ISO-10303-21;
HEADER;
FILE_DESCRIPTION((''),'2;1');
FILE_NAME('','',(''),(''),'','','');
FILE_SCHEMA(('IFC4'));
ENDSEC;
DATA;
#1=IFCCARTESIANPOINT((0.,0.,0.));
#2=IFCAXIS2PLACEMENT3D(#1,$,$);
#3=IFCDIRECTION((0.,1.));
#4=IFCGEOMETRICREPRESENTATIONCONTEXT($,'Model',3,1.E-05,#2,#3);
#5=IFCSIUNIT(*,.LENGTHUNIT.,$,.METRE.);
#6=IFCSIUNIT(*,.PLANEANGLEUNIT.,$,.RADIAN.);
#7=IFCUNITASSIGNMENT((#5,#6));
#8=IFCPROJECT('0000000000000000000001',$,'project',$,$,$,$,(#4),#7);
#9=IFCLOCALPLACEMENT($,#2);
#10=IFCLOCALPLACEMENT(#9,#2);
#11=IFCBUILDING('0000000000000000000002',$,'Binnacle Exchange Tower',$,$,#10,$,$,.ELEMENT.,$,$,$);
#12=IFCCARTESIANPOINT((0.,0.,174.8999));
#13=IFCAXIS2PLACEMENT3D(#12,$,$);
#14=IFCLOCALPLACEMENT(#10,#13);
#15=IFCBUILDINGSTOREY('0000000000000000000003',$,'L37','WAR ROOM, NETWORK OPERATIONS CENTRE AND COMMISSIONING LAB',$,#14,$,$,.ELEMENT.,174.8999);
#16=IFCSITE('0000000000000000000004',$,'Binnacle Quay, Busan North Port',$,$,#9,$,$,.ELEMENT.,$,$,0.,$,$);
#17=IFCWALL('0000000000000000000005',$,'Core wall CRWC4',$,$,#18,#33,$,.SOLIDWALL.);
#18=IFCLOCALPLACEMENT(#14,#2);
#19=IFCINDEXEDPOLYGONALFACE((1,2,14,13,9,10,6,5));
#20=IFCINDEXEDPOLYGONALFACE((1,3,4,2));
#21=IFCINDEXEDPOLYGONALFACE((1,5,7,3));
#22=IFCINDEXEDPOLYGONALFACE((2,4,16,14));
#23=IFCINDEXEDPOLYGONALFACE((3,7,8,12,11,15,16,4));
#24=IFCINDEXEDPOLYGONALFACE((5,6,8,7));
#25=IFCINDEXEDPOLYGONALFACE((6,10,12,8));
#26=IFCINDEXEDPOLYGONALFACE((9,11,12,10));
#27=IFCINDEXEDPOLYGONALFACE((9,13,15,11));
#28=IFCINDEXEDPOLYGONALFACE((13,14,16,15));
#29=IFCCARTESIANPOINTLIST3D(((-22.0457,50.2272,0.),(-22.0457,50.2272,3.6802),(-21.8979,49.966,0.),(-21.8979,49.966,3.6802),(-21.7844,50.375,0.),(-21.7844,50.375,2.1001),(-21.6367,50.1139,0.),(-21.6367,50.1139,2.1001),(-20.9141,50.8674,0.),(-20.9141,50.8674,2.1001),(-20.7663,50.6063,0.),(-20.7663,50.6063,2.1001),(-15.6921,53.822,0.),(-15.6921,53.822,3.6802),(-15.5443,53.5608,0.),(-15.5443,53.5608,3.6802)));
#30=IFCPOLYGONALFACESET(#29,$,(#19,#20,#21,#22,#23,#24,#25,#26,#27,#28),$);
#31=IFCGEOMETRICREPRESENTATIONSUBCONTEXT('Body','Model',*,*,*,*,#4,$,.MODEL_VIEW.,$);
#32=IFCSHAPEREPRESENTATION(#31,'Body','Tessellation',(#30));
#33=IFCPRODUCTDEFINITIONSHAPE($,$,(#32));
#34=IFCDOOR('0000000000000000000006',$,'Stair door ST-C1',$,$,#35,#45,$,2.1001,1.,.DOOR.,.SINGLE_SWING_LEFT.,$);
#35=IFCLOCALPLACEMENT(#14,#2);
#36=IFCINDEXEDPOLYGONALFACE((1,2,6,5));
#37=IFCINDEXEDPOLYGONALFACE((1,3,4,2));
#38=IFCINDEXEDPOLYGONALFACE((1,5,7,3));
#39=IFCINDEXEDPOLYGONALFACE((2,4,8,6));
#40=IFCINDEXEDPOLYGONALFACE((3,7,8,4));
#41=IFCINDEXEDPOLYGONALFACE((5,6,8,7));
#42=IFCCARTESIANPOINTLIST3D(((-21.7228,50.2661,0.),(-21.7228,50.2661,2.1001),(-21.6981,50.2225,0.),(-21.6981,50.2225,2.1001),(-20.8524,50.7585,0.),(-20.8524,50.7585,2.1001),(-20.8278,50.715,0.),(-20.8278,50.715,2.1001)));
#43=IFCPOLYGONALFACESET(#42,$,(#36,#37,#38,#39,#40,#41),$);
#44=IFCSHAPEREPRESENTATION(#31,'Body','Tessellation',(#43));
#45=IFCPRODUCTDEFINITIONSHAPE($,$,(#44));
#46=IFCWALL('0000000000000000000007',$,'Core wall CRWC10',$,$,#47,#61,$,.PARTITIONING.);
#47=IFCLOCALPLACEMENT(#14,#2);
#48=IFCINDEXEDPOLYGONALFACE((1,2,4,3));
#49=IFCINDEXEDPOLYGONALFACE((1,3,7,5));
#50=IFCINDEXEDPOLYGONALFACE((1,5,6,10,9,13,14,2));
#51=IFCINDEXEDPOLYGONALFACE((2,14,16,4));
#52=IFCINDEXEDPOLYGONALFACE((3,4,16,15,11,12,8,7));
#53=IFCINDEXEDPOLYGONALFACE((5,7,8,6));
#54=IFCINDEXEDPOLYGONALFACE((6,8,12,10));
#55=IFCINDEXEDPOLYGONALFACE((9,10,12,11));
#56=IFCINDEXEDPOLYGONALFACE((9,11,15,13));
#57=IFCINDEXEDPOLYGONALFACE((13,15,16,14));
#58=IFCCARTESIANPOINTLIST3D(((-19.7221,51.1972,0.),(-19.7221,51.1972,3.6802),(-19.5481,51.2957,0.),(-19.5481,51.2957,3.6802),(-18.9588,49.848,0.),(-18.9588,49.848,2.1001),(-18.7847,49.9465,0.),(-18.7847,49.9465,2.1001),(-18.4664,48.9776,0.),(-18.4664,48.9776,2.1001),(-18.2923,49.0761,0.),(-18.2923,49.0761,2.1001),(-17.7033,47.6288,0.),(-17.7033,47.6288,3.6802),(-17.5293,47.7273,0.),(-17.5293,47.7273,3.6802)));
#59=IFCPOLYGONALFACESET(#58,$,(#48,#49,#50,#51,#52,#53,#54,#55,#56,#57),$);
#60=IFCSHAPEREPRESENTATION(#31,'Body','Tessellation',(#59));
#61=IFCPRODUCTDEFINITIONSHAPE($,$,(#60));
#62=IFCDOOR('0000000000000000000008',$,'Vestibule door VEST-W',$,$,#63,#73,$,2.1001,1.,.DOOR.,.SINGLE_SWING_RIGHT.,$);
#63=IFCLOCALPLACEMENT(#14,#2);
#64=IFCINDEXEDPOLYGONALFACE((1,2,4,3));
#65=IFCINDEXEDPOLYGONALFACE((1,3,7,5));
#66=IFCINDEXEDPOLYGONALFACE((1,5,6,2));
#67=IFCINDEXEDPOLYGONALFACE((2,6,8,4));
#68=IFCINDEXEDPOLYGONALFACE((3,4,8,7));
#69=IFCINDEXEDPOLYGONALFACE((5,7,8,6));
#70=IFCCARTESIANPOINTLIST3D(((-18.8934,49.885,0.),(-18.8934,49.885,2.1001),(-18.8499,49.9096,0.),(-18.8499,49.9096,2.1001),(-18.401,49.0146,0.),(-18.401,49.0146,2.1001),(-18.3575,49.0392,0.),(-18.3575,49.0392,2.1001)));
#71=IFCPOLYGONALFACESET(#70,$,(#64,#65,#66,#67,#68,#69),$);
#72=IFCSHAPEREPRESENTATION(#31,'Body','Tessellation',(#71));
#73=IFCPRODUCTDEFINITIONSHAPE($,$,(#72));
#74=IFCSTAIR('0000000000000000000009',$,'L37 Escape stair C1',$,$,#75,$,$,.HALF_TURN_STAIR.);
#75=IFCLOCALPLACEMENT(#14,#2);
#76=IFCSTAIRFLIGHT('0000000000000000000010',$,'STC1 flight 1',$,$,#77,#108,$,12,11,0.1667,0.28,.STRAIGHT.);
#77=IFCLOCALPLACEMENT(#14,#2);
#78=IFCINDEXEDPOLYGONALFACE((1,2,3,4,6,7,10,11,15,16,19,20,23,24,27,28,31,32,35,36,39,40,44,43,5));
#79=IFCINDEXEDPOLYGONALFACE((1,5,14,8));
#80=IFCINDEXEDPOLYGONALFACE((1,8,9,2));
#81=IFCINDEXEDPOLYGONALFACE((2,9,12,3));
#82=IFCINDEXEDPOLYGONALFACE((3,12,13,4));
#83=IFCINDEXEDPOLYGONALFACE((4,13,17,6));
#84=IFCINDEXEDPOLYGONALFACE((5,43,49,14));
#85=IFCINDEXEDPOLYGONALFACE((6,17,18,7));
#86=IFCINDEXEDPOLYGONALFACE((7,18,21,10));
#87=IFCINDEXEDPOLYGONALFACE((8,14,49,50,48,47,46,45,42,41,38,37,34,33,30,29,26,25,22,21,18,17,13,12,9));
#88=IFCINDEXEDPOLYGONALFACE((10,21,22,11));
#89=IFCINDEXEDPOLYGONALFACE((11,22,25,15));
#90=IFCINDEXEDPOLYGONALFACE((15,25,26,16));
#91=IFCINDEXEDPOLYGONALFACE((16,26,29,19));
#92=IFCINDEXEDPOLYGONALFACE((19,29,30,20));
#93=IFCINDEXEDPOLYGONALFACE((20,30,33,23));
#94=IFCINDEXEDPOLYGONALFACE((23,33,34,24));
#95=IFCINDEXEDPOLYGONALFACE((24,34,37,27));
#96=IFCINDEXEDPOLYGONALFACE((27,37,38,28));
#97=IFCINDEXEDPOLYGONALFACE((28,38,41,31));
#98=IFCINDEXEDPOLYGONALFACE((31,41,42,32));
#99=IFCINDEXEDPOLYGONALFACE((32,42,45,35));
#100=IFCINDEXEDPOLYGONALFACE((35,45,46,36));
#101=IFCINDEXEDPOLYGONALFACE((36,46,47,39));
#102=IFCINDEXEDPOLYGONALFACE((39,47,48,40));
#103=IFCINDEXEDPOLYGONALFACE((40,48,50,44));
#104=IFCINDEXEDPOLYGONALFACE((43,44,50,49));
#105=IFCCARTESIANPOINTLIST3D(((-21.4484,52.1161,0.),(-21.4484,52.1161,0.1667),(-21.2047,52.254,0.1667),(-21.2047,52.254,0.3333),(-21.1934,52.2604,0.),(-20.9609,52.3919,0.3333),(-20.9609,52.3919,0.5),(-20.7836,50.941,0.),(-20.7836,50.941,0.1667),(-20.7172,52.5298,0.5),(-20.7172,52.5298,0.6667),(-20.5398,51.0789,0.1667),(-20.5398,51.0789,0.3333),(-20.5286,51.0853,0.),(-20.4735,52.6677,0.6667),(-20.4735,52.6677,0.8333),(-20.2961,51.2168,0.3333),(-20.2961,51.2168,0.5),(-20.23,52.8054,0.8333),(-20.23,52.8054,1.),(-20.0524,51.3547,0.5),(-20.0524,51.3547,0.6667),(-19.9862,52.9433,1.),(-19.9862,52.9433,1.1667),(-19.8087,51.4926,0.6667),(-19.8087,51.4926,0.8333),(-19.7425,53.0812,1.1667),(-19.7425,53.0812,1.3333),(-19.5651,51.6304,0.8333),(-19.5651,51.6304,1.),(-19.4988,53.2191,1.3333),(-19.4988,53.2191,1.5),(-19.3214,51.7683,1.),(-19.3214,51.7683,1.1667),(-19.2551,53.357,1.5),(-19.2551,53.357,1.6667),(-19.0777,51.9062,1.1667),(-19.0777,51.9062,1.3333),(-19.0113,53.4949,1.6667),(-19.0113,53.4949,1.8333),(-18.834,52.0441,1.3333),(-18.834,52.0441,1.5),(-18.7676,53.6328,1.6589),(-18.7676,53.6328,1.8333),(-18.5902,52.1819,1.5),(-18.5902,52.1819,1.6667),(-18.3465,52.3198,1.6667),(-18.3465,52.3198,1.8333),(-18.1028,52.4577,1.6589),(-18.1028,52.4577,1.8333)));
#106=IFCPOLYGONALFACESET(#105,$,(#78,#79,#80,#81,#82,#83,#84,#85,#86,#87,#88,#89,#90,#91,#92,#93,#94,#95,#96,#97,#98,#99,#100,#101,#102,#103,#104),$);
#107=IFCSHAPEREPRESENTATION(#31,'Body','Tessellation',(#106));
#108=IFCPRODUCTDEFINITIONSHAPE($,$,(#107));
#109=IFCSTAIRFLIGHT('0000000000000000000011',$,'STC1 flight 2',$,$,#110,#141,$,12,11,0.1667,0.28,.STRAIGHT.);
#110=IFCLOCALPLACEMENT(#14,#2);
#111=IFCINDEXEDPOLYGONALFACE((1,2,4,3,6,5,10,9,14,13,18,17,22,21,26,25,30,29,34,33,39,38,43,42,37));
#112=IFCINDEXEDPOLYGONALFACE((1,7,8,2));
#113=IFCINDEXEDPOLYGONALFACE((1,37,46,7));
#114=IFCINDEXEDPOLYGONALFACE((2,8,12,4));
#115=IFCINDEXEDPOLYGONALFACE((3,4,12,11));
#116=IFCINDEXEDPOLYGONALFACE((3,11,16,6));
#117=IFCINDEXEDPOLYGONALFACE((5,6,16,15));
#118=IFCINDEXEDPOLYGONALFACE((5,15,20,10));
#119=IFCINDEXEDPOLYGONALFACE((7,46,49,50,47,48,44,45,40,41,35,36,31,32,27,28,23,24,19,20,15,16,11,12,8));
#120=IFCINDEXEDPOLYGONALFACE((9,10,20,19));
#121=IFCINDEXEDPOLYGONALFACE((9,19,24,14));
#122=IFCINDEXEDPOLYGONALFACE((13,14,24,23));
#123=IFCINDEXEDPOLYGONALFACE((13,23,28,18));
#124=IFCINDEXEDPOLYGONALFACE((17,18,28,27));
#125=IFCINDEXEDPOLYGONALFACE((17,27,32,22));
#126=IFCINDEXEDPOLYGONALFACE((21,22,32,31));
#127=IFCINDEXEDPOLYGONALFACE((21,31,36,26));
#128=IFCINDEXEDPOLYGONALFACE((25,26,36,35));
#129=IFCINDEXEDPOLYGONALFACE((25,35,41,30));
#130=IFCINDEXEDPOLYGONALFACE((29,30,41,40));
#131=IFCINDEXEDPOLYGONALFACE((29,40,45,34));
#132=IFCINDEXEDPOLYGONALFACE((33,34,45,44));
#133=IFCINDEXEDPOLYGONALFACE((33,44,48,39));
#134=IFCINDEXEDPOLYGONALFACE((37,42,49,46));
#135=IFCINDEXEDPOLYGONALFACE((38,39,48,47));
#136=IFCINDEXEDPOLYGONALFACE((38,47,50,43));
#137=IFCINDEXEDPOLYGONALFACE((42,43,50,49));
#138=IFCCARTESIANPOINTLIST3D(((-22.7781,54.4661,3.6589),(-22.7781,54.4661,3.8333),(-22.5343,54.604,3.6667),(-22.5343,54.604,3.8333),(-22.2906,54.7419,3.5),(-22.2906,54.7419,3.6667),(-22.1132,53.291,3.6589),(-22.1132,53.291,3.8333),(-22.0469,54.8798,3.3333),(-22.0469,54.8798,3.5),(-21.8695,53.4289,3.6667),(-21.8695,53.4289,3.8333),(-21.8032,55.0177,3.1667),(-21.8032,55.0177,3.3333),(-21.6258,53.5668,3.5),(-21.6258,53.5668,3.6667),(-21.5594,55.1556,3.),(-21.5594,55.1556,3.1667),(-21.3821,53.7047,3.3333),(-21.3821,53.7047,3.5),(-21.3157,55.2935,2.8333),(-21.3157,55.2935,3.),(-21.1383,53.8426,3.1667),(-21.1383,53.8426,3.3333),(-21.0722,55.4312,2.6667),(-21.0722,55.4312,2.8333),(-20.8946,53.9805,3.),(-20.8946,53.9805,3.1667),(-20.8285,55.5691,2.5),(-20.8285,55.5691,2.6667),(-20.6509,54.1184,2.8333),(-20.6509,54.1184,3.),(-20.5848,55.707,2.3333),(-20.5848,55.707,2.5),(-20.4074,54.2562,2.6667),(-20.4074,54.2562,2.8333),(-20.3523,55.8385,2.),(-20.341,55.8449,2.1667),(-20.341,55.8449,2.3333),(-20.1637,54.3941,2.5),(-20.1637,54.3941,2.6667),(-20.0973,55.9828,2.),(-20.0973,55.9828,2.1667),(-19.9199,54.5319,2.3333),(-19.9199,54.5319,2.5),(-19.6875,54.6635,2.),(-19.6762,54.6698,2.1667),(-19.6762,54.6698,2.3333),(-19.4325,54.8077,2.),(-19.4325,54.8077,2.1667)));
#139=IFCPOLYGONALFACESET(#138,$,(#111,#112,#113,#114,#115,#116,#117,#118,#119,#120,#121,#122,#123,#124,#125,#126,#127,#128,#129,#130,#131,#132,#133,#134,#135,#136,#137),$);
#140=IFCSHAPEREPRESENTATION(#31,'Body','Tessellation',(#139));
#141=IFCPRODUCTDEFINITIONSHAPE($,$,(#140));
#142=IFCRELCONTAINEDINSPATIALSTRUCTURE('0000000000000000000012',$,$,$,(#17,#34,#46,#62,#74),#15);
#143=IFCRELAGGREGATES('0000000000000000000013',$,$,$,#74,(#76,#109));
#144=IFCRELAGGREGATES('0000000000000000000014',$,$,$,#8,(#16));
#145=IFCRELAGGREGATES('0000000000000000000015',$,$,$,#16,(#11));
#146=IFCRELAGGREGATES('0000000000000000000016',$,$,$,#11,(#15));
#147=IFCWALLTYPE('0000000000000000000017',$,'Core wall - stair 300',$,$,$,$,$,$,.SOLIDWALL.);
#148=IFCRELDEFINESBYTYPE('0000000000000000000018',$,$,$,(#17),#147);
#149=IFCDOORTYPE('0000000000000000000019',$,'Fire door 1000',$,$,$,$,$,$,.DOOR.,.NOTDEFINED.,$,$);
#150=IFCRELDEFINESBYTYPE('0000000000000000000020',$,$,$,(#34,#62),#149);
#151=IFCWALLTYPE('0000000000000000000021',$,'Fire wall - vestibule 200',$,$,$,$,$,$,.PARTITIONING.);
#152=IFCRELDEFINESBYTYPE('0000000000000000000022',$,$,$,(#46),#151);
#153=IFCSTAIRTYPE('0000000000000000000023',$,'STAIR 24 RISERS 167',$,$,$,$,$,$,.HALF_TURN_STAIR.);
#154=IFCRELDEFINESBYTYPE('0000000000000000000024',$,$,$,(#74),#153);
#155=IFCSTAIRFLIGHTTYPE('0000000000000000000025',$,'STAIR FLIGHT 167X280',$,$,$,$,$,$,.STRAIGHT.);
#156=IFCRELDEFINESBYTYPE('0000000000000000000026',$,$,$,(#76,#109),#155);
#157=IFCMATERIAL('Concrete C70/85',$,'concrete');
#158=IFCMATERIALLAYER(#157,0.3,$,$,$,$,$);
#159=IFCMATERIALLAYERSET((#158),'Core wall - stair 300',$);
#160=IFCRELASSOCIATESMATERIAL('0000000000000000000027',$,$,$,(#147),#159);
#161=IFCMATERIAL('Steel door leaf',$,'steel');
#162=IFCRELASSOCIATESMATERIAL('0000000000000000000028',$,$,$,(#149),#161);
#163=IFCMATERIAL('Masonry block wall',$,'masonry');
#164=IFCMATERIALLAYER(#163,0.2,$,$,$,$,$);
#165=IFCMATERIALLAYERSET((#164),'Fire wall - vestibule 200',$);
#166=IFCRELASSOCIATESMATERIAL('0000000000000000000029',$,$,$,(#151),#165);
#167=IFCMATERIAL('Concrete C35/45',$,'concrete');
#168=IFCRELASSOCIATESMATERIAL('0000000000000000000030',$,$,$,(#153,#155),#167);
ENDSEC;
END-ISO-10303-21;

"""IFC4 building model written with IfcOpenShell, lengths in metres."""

from ifc_helpers import new_model, si_unit, direction, frame, frame_2d, origin, place, context, subcontext, project, spatial, polyline, rectangle, outline, extrude, material, layer, layer_set, type_object, element, fill, aggregate, save


model = new_model("IFC4")

# Units and contexts
model_context = context("Model", 3, precision=1e-05, world=origin(), true_north=direction((0.0, 1.0)))
body_context = subcontext(model_context, "Body", "Model", "MODEL_VIEW")
ifc_project = project(units=[si_unit("LENGTHUNIT", "METRE"), si_unit("PLANEANGLEUNIT", "RADIAN")], contexts=[model_context])

# Site, building, storey
site_placement = place(None, origin())
site = spatial("IfcSite", under=ifc_project, at=site_placement, Name="Binnacle Quay, Busan North Port", CompositionType="ELEMENT", RefElevation=0.0)
building_placement = place(site_placement, origin())
building = spatial("IfcBuilding", under=site, at=building_placement, Name="Binnacle Exchange Tower", CompositionType="ELEMENT")
storey_placement = place(building_placement, frame((0.0, 0.0, 174.8999)))
storey = spatial("IfcBuildingStorey", under=building, at=storey_placement, Name="L37", Description="WAR ROOM, NETWORK OPERATIONS CENTRE AND COMMISSIONING LAB", CompositionType="ELEMENT", Elevation=174.8999)

# Shared definitions
ifc_material_1 = material(Name="Concrete C70/85", Category="concrete")

# Walls, openings, doors
ifc_layer_1 = layer(ifc_material_1, 0.3)
ifc_layer_set_1 = layer_set([ifc_layer_1], Name="Core wall - stair 300")
wall_type_1 = type_object("IfcWallType", Name="Core wall - stair 300", PredefinedType="SOLIDWALL", material=ifc_layer_set_1)
wall_1_placement = place(storey_placement, frame((-21.9717, 50.0967, 0.0), z_axis=(0.0, 0.0, 1.0), x_axis=(0.870351, 0.492432, 0.0)))
wall_1 = element("IfcWall", 1, at=wall_1_placement, inside=storey, type_object=wall_type_1, Name="Core wall CRWC4", PredefinedType="SOLIDWALL", context=body_context, shape_type="SweptSolid", body=[
    extrude(rectangle(XDim=7.3, YDim=0.3, at=frame_2d((3.6499, 0.0))), origin(), (0.0, 0.0, 1.0), 3.6802),
])
opening_1_placement = place(wall_1_placement, frame((0.3, 0.0, 0.0)))
opening_1 = element("IfcOpeningElement", 2, at=opening_1_placement, cuts=wall_1, PredefinedType="OPENING", context=body_context, shape_type="SweptSolid", body=[
    extrude(rectangle(XDim=1.0, YDim=2.1001, at=frame_2d((0.5, 1.05))), frame((0.0, 0.1599, 0.0), z_axis=(0.0, -1.0, 0.0), x_axis=(1.0, 0.0, 0.0)), (0.0, 0.0, 1.0), 0.3201),
])
ifc_material_2 = material(Name="Steel door leaf", Category="steel")
door_type = type_object("IfcDoorType", Name="Fire door 1000", OperationType="NOTDEFINED", PredefinedType="DOOR", material=ifc_material_2)
door_1_placement = place(opening_1_placement, origin())
door_1 = element("IfcDoor", 3, at=door_1_placement, inside=storey, type_object=door_type, Name="Stair door ST-C1", OperationType="SINGLE_SWING_LEFT", OverallHeight=2.1001, OverallWidth=1.0, PredefinedType="DOOR", context=body_context, shape_type="SweptSolid", body=[
    extrude(rectangle(XDim=1.0, YDim=2.1001, at=frame_2d((0.5, 1.05))), frame((0.0, 0.0249, 0.0), z_axis=(0.0, -1.0, 0.0), x_axis=(1.0, 0.0, 0.0)), (0.0, 0.0, 1.0), 0.05),
])
fill(opening_1, door_1)
ifc_material_3 = material(Name="Masonry block wall", Category="masonry")
ifc_layer_2 = layer(ifc_material_3, 0.2)
ifc_layer_set_2 = layer_set([ifc_layer_2], Name="Fire wall - vestibule 200")
wall_type_2 = type_object("IfcWallType", Name="Fire wall - vestibule 200", PredefinedType="PARTITIONING", material=ifc_layer_set_2)
wall_2_placement = place(storey_placement, frame((-19.635, 51.2463, 0.0), z_axis=(0.0, 0.0, 1.0), x_axis=(0.492408, -0.870364, 0.0)))
wall_2 = element("IfcWall", 4, at=wall_2_placement, inside=storey, type_object=wall_type_2, Name="Core wall CRWC10", PredefinedType="PARTITIONING", context=body_context, shape_type="SweptSolid", body=[
    extrude(rectangle(XDim=4.0999, YDim=0.2, at=frame_2d((2.0498, 0.0))), origin(), (0.0, 0.0, 1.0), 3.6802),
])
opening_2_placement = place(wall_2_placement, frame((1.55, 0.0, 0.0)))
opening_2 = element("IfcOpeningElement", 5, at=opening_2_placement, cuts=wall_2, PredefinedType="OPENING", context=body_context, shape_type="SweptSolid", body=[
    extrude(rectangle(XDim=1.0, YDim=2.1001, at=frame_2d((0.5, 1.05))), frame((0.0, 0.1099, 0.0), z_axis=(0.0, -1.0, 0.0), x_axis=(1.0, 0.0, 0.0)), (0.0, 0.0, 1.0), 0.22),
])
door_2_placement = place(opening_2_placement, frame((1.0, 0.0, 0.0), z_axis=(0.0, 0.0, 1.0), x_axis=(-1.0, 0.0, 0.0)))
door_2 = element("IfcDoor", 6, at=door_2_placement, inside=storey, type_object=door_type, Name="Vestibule door VEST-W", OperationType="SINGLE_SWING_RIGHT", OverallHeight=2.1001, OverallWidth=1.0, PredefinedType="DOOR", context=body_context, shape_type="SweptSolid", body=[
    extrude(rectangle(XDim=1.0, YDim=2.1001, at=frame_2d((0.5, 1.05))), frame((0.0, 0.0249, 0.0), z_axis=(0.0, -1.0, 0.0), x_axis=(1.0, 0.0, 0.0)), (0.0, 0.0, 1.0), 0.05),
])
fill(opening_2, door_2)

# Stair, stair flights
ifc_material_4 = material(Name="Concrete C35/45", Category="concrete")
stair_type = type_object("IfcStairType", Name="STAIR 24 RISERS 167", PredefinedType="HALF_TURN_STAIR", material=ifc_material_4)
stair_placement = place(storey_placement, origin())
stair = element("IfcStair", 7, at=stair_placement, inside=storey, type_object=stair_type, Name="L37 Escape stair C1", PredefinedType="HALF_TURN_STAIR")
stair_flight_type = type_object("IfcStairFlightType", Name="STAIR FLIGHT 167X280", PredefinedType="STRAIGHT", material=ifc_material_4)
stair_flight_1_placement = place(storey_placement, frame((-21.116, 51.5286, 0.0), z_axis=(0.0, 0.0, 1.0), x_axis=(0.870356, 0.492424, 0.0)))
stair_flight_1 = element("IfcStairFlight", 8, at=stair_flight_1_placement, type_object=stair_flight_type, Name="STC1 flight 1", NumberOfRisers=12, NumberOfTreads=11, PredefinedType="STRAIGHT", RiserHeight=0.1667, TreadLength=0.28, context=body_context, shape_type="SweptSolid", body=[
    extrude(outline(polyline([(0.0, 0.0), (0.0, 0.1667), (0.28, 0.1667), (0.28, 0.3333), (0.5601, 0.3333), (0.5601, 0.5), (0.8401, 0.5), (0.8401, 0.6667), (1.1201, 0.6667), (1.1201, 0.8333), (1.3999, 0.8333), (1.3999, 1.0), (1.6799, 1.0), (1.6799, 1.1667), (1.96, 1.1667), (1.96, 1.3333), (2.24, 1.3333), (2.24, 1.5), (2.52, 1.5), (2.52, 1.6667), (2.8, 1.6667), (2.8, 1.8333), (3.0801, 1.8333), (3.0801, 2.0), (3.0801, 1.6589), (0.293, 0.0), (0.0, 0.0)])), frame((0.0, 0.675, 0.0), z_axis=(0.0, -1.0, 0.0), x_axis=(1.0, 0.0, 0.0)), (0.0, 0.0, 1.0), 1.3501),
])
stair_flight_2_placement = place(storey_placement, frame((-19.7649, 55.3953, 2.0), z_axis=(0.0, 0.0, 1.0), x_axis=(-0.870356, -0.492424, 0.0)))
stair_flight_2 = element("IfcStairFlight", 9, at=stair_flight_2_placement, type_object=stair_flight_type, Name="STC1 flight 2", NumberOfRisers=12, NumberOfTreads=11, PredefinedType="STRAIGHT", RiserHeight=0.1667, TreadLength=0.28, context=body_context, shape_type="SweptSolid", body=[
    extrude(outline(polyline([(0.0, 0.0), (0.0, 0.1667), (0.28, 0.1667), (0.28, 0.3333), (0.5601, 0.3333), (0.5601, 0.5), (0.8401, 0.5), (0.8401, 0.6667), (1.1201, 0.6667), (1.1201, 0.8333), (1.3999, 0.8333), (1.3999, 1.0), (1.6799, 1.0), (1.6799, 1.1667), (1.96, 1.1667), (1.96, 1.3333), (2.24, 1.3333), (2.24, 1.5), (2.52, 1.5), (2.52, 1.6667), (2.8, 1.6667), (2.8, 1.8333), (3.0801, 1.8333), (3.0801, 2.0), (3.0801, 1.6589), (0.293, 0.0), (0.0, 0.0)])), frame((0.0, 0.675, 0.0), z_axis=(0.0, -1.0, 0.0), x_axis=(1.0, 0.0, 0.0)), (0.0, 0.0, 1.0), 1.3501),
])
aggregate(stair, [stair_flight_1, stair_flight_2])

save(model, "model.ifc")
